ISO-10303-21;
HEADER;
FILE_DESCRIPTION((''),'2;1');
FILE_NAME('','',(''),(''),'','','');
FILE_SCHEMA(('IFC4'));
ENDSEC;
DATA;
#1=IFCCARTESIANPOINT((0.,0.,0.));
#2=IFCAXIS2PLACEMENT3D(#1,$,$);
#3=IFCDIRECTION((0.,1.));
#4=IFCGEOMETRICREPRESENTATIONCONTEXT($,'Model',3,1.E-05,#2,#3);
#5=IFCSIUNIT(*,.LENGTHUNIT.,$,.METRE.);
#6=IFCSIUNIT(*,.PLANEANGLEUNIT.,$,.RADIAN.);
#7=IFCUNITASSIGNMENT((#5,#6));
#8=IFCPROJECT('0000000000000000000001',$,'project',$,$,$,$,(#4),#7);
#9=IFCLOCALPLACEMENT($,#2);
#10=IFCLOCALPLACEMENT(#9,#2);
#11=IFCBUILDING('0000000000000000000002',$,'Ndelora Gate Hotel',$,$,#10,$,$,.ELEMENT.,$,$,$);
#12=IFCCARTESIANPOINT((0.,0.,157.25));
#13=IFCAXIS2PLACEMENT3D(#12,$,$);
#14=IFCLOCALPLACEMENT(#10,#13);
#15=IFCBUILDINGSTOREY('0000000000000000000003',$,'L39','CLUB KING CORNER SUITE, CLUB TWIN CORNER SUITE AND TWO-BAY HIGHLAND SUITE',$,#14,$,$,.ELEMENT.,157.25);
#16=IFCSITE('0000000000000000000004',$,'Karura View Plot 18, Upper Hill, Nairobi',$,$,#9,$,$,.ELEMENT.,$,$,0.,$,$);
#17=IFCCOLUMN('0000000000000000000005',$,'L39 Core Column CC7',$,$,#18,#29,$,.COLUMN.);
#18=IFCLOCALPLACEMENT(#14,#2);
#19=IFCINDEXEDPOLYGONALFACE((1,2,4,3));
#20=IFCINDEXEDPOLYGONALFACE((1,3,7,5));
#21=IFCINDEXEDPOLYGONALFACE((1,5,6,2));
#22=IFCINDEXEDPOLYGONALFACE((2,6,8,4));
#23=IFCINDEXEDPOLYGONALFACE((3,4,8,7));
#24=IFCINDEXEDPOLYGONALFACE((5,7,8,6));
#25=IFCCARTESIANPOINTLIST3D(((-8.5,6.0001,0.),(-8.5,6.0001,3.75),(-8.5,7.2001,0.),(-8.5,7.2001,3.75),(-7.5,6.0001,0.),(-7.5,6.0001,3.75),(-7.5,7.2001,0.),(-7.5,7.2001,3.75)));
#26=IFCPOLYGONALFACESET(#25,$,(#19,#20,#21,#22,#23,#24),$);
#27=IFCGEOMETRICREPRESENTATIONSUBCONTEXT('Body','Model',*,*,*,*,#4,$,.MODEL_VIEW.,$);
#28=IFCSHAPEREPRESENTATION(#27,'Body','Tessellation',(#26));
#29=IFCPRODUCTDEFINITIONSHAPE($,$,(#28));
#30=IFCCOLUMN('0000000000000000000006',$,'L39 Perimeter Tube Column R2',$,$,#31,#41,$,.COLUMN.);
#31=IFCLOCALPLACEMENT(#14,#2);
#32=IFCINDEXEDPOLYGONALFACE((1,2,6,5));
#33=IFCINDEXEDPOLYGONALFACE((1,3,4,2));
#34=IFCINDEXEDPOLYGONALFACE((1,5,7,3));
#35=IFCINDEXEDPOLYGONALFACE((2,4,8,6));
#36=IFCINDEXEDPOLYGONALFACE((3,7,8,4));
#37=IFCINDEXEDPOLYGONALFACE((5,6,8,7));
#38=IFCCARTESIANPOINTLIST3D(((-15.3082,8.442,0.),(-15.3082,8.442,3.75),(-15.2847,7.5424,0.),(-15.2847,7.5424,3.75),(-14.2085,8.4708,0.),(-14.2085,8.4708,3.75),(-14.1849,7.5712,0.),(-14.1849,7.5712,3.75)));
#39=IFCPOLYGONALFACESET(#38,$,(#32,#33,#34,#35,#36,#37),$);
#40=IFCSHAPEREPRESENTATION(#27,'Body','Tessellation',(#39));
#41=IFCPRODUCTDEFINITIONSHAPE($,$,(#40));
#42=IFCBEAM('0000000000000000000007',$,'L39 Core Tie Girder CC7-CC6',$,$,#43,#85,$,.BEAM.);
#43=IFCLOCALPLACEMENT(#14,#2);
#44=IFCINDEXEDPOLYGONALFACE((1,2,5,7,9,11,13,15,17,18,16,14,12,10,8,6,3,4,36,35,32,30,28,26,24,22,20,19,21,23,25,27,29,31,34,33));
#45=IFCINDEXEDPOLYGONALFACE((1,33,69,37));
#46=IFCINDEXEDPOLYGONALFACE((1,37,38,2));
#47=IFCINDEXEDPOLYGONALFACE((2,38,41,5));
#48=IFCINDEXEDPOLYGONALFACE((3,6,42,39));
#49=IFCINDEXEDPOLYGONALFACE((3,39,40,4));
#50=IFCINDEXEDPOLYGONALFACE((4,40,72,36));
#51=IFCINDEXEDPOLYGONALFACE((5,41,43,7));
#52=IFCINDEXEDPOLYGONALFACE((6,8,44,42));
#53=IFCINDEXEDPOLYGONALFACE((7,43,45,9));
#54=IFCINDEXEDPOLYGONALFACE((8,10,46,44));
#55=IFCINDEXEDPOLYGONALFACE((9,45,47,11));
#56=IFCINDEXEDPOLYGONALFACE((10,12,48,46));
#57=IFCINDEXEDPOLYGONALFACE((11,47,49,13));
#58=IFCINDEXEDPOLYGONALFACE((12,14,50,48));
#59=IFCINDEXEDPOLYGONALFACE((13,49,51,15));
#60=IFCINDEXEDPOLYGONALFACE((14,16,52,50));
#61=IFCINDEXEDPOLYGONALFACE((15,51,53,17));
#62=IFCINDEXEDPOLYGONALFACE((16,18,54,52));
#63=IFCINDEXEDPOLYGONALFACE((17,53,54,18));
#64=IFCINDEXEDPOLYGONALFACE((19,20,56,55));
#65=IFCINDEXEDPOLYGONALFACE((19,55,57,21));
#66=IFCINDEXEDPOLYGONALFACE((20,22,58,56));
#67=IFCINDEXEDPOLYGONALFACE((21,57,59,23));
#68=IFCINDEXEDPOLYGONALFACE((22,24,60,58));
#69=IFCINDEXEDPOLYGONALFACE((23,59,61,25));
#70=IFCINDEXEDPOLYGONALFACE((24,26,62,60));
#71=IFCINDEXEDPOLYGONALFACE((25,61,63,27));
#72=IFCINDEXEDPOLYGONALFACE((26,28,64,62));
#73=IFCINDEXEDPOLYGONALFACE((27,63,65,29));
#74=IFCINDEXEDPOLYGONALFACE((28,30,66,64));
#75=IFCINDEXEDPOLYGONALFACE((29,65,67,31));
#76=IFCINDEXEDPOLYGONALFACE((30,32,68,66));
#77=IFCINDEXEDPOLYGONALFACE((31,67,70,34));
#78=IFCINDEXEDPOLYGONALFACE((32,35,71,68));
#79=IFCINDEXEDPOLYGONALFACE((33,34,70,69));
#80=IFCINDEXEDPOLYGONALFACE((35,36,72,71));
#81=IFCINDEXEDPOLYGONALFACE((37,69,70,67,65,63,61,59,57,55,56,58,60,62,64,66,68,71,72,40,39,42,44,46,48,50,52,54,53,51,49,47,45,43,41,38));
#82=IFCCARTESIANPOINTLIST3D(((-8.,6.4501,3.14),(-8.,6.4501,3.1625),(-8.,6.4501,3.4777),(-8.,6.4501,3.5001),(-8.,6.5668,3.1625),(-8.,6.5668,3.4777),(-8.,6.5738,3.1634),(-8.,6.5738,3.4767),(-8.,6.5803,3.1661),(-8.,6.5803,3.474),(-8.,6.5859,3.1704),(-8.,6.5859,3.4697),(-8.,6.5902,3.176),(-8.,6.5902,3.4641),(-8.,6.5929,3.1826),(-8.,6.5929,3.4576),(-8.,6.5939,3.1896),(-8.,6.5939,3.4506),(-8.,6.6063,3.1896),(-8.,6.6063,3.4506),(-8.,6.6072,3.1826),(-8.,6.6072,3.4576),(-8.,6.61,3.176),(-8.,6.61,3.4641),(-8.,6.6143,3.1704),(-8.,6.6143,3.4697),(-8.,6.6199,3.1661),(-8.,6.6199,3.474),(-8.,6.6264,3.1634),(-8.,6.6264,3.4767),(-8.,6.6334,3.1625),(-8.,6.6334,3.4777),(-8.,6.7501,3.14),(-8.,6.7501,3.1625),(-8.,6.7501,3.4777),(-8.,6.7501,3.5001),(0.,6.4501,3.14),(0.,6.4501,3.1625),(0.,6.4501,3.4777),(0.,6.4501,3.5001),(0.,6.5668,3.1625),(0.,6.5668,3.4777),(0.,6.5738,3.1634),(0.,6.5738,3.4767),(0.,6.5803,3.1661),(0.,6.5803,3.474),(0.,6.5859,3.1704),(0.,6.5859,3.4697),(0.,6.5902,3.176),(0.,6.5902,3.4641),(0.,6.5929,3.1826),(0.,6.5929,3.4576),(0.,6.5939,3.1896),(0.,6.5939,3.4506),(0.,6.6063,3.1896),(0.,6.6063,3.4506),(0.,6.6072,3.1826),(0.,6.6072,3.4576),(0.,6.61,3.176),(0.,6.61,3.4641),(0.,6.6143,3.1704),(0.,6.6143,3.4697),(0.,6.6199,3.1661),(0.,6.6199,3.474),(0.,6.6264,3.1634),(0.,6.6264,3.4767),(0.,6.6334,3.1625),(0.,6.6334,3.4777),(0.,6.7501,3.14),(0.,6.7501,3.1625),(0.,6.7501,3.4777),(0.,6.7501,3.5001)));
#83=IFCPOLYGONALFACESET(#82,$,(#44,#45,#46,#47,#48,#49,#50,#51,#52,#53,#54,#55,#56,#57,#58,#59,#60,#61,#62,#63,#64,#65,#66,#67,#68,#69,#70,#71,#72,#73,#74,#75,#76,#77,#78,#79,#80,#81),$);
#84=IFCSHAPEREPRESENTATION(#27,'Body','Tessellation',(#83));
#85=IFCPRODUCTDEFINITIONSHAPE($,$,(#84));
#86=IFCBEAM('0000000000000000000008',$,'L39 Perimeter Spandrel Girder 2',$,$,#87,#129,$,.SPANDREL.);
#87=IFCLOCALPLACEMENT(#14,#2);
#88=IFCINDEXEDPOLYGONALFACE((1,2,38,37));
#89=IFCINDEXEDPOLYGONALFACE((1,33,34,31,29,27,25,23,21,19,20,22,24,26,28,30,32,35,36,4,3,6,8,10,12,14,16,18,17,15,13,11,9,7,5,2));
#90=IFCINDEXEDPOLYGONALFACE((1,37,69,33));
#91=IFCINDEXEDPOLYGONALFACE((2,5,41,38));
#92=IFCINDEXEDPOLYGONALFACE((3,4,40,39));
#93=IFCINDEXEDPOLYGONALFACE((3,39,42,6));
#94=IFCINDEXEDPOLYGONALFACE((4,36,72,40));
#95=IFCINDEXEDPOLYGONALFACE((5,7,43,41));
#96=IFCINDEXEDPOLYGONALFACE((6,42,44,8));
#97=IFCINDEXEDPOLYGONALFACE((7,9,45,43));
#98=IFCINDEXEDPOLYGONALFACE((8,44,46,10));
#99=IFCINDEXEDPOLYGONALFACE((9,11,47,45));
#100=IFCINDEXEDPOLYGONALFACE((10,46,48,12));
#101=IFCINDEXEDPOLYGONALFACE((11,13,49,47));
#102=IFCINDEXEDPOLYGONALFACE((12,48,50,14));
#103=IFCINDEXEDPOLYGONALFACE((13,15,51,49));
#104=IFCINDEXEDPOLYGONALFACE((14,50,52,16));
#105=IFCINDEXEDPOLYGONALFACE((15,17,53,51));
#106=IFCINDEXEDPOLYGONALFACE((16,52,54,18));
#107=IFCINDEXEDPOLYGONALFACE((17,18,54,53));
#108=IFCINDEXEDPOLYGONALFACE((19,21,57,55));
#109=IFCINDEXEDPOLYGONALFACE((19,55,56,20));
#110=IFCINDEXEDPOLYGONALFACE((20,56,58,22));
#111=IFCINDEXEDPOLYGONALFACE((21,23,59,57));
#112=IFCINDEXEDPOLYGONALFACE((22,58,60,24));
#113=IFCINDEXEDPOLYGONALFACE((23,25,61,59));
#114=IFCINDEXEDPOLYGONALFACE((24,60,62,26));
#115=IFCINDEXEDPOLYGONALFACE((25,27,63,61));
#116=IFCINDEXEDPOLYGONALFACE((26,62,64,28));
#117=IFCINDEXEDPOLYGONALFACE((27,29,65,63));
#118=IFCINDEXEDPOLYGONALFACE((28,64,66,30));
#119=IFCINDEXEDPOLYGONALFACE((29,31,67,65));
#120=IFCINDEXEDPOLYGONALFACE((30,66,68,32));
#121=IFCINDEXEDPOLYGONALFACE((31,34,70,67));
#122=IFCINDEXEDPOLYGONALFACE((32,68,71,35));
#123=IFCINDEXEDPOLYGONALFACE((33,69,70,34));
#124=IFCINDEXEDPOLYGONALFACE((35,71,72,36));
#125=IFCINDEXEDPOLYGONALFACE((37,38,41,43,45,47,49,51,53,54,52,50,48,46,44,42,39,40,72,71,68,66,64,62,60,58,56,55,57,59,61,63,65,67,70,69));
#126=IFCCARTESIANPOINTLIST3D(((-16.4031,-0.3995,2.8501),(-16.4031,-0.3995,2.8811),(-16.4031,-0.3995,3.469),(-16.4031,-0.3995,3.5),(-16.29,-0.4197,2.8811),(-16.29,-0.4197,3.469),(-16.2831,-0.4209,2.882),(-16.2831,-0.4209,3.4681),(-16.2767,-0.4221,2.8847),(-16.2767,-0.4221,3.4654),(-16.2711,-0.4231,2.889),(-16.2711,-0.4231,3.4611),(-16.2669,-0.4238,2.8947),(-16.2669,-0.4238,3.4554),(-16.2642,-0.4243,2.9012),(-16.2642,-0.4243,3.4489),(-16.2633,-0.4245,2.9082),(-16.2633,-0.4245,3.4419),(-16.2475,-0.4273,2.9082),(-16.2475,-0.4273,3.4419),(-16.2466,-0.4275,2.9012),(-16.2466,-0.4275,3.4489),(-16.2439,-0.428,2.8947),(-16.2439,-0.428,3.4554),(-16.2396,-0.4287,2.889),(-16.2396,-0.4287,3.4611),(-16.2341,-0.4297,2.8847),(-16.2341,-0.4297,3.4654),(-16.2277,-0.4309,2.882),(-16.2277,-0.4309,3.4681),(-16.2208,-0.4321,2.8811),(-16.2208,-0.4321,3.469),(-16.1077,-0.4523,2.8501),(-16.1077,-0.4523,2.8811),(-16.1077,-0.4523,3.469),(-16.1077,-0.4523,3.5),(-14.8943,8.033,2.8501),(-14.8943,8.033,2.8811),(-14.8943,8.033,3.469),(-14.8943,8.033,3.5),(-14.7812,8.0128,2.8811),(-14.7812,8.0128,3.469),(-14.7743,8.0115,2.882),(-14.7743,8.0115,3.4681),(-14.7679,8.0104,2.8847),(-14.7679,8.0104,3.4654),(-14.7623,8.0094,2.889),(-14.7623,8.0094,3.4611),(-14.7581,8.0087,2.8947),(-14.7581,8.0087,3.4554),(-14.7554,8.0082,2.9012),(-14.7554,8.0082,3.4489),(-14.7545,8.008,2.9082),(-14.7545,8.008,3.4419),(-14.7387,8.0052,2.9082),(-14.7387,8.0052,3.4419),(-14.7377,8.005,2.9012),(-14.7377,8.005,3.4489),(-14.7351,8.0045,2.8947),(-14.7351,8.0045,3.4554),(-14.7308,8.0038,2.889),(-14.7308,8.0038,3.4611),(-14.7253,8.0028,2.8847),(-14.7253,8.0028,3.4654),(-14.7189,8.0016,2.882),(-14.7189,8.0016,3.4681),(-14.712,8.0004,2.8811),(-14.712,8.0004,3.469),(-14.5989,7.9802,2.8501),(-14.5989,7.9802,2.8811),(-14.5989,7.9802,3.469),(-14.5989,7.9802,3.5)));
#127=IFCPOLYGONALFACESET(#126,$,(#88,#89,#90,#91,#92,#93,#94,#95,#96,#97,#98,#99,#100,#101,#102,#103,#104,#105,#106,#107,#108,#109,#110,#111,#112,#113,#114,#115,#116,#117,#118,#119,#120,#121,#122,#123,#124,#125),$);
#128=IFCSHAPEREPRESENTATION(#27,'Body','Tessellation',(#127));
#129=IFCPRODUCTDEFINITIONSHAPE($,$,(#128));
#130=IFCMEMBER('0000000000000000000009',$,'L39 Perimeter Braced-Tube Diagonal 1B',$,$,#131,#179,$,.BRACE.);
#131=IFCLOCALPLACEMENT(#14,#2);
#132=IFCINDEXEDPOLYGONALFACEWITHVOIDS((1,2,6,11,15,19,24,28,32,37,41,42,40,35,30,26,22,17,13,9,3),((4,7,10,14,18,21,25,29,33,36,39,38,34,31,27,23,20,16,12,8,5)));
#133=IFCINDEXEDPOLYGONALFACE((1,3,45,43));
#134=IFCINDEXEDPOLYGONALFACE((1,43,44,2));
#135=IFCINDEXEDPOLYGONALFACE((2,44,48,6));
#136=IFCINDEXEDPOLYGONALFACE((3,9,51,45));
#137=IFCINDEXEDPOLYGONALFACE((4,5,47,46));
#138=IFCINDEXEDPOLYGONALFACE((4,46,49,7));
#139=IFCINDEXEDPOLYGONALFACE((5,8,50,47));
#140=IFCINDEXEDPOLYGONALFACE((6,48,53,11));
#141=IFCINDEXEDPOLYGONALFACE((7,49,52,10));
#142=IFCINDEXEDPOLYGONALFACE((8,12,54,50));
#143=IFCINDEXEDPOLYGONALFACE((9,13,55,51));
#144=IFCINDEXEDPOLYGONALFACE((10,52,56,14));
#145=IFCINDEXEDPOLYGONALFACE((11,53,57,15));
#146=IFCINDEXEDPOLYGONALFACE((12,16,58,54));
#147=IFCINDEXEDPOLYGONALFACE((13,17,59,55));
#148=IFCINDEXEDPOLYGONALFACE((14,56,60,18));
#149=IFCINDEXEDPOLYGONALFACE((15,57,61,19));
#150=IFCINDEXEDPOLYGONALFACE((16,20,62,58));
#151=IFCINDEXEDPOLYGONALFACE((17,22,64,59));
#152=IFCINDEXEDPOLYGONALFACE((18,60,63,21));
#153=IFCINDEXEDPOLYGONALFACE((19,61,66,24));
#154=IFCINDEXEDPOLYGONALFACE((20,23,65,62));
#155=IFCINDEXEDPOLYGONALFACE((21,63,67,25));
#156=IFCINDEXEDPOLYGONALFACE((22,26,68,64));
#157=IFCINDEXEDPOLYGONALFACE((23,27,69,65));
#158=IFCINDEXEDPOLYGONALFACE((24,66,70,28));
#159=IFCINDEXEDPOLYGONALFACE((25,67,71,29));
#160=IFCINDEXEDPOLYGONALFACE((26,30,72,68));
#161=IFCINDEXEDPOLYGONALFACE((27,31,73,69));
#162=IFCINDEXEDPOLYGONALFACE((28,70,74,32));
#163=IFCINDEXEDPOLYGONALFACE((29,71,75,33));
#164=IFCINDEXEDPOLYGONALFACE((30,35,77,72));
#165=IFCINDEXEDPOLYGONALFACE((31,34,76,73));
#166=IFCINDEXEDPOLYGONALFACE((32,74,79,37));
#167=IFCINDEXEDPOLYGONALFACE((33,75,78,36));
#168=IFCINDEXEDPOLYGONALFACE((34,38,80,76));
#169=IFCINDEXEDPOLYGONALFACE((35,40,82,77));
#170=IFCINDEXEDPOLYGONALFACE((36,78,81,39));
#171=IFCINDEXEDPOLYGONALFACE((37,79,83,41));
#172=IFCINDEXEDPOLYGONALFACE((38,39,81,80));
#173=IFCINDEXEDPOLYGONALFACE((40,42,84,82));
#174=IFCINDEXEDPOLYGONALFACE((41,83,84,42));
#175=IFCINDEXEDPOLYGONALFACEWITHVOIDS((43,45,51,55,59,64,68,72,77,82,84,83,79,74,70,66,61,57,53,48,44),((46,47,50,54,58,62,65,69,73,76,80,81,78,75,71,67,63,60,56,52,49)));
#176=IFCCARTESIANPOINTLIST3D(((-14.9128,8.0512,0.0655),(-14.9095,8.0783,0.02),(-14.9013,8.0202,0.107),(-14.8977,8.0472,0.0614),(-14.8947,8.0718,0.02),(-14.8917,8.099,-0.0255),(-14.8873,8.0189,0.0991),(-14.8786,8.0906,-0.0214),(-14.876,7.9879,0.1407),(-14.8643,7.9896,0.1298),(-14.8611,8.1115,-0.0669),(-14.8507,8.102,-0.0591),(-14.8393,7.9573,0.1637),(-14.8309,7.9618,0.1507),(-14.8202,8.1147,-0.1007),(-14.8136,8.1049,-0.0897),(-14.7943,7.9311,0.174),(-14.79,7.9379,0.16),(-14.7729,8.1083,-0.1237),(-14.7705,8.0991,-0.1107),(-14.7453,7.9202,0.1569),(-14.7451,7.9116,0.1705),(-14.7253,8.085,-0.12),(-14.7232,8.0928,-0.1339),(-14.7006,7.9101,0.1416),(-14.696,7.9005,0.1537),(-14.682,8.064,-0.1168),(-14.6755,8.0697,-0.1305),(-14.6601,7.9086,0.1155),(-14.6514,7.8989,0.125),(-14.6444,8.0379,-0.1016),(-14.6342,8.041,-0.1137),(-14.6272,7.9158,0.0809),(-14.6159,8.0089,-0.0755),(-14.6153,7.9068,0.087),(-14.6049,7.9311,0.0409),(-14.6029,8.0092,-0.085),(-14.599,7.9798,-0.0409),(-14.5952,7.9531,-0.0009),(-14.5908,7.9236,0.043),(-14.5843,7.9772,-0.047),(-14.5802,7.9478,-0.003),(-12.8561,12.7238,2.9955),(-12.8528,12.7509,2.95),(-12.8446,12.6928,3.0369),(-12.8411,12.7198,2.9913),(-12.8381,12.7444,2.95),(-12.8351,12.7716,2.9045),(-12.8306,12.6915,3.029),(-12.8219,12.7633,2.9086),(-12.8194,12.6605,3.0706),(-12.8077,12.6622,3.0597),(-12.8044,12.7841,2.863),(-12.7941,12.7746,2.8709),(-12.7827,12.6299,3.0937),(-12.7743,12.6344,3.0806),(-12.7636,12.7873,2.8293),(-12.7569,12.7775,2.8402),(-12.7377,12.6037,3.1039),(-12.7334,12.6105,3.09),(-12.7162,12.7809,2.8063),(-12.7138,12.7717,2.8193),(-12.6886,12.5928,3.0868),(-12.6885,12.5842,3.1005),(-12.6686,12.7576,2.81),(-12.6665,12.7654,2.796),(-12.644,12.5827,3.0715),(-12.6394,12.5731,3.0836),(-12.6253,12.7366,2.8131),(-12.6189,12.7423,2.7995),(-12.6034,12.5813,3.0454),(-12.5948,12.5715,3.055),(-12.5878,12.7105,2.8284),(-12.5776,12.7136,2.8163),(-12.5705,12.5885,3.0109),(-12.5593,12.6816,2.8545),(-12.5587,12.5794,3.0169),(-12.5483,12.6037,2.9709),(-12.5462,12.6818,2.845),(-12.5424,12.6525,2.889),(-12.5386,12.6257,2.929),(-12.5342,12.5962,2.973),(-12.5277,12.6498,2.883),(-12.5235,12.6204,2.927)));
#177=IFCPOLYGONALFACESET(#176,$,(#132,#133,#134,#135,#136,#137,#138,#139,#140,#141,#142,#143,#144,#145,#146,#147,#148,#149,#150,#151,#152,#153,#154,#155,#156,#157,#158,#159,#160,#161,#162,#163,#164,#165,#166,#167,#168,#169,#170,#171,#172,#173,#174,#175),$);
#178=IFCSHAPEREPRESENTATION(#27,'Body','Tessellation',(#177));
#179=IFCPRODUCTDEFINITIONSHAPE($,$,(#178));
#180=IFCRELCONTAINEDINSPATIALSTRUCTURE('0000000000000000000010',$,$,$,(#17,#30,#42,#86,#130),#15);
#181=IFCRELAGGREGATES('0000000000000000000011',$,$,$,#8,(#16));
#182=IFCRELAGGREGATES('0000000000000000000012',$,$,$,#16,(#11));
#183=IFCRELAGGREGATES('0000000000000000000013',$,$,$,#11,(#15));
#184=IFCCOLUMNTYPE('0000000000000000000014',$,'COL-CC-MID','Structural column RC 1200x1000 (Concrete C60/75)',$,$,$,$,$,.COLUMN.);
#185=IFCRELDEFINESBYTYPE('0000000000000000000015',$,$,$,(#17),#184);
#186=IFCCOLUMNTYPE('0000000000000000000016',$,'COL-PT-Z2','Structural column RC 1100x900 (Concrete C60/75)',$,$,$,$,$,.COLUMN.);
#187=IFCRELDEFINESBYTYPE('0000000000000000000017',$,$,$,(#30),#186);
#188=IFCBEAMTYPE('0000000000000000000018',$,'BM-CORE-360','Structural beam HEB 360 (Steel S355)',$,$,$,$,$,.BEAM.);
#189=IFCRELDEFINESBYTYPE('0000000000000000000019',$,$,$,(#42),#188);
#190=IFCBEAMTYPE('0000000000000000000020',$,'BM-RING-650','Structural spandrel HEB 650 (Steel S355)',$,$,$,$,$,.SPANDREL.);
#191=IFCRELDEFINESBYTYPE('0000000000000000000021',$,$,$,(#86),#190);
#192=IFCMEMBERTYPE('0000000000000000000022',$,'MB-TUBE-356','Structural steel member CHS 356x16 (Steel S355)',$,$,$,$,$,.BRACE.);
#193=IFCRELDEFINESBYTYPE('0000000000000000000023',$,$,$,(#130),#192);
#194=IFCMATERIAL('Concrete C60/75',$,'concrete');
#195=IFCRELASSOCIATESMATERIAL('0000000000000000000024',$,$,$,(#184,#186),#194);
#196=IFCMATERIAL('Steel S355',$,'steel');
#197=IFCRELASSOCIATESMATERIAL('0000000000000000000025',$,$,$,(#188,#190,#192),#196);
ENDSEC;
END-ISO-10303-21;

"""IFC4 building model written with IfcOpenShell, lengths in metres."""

from ifc_helpers import new_model, si_unit, direction, frame, origin, origin_2d, place, context, subcontext, project, spatial, rectangle, hollow_circle, i_section, extrude, material, material_profile, profile_set, type_object, element, save


model = new_model("IFC4")

# Units and contexts
model_context = context("Model", 3, precision=1e-05, world=origin(), true_north=direction((0.0, 1.0)))
body_context = subcontext(model_context, "Body", "Model", "MODEL_VIEW")
ifc_project = project(units=[si_unit("LENGTHUNIT", "METRE"), si_unit("PLANEANGLEUNIT", "RADIAN")], contexts=[model_context])

# Site, building, storey
site_placement = place(None, origin())
site = spatial("IfcSite", under=ifc_project, at=site_placement, Name="Karura View Plot 18, Upper Hill, Nairobi", CompositionType="ELEMENT", RefElevation=0.0)
building_placement = place(site_placement, origin())
building = spatial("IfcBuilding", under=site, at=building_placement, Name="Ndelora Gate Hotel", CompositionType="ELEMENT")
storey_placement = place(building_placement, frame((0.0, 0.0, 157.25)))
storey = spatial("IfcBuildingStorey", under=building, at=storey_placement, Name="L39", Description="CLUB KING CORNER SUITE, CLUB TWIN CORNER SUITE AND TWO-BAY HIGHLAND SUITE", CompositionType="ELEMENT", Elevation=157.25)

# Columns
ifc_material_1 = material(Name="Concrete C60/75", Category="concrete")
ifc_material_profile_1 = material_profile(ifc_material_1, rectangle(XDim=1.0, YDim=1.2, at=origin_2d()), Name="RC 1200x1000")
ifc_profile_set_1 = profile_set([ifc_material_profile_1], Name="Concrete C60/75")
column_type_1 = type_object("IfcColumnType", Name="COL-CC-MID", Description="Structural column RC 1200x1000 (Concrete C60/75)", PredefinedType="COLUMN", material=ifc_profile_set_1)
column_1_placement = place(storey_placement, frame((-8.0, 6.6001, 0.0), z_axis=(0.0, 0.0, 1.0), x_axis=(1.0, 0.0, 0.0)))
element("IfcColumn", 1, at=column_1_placement, inside=storey, type_object=column_type_1, Name="L39 Core Column CC7", PredefinedType="COLUMN", context=body_context, shape_type="SweptSolid", body=[
    extrude(rectangle(XDim=1.0, YDim=1.2, at=origin_2d()), origin(), (0.0, 0.0, 1.0), 3.75),
])
ifc_material_profile_2 = material_profile(ifc_material_1, rectangle(XDim=0.8999, YDim=1.1001, at=origin_2d()), Name="RC 1100x900")
ifc_profile_set_2 = profile_set([ifc_material_profile_2], Name="Concrete C60/75")
column_type_2 = type_object("IfcColumnType", Name="COL-PT-Z2", Description="Structural column RC 1100x900 (Concrete C60/75)", PredefinedType="COLUMN", material=ifc_profile_set_2)
column_2_placement = place(storey_placement, frame((-14.7466, 8.0066, 0.0), z_axis=(0.0, 0.0, 1.0), x_axis=(-0.026177, 0.999657, 0.0)))
element("IfcColumn", 2, at=column_2_placement, inside=storey, type_object=column_type_2, Name="L39 Perimeter Tube Column R2", PredefinedType="COLUMN", context=body_context, shape_type="SweptSolid", body=[
    extrude(rectangle(XDim=0.8999, YDim=1.1001, at=origin_2d()), origin(), (0.0, 0.0, 1.0), 3.75),
])

# Beams
ifc_material_2 = material(Name="Steel S355", Category="steel")
ifc_material_profile_3 = material_profile(ifc_material_2, i_section(OverallWidth=0.3, OverallDepth=0.3601, WebThickness=0.0125, FlangeThickness=0.0225, FilletRadius=0.0271, at=origin_2d()), Name="HEB 360")
ifc_profile_set_3 = profile_set([ifc_material_profile_3], Name="Steel S355")
beam_type_1 = type_object("IfcBeamType", Name="BM-CORE-360", Description="Structural beam HEB 360 (Steel S355)", PredefinedType="BEAM", material=ifc_profile_set_3)
beam_1_placement = place(storey_placement, frame((-8.0, 6.6001, 3.3201), z_axis=(1.0, 0.0, 0.0), x_axis=(0.0, 1.0, 0.0)))
element("IfcBeam", 3, at=beam_1_placement, inside=storey, type_object=beam_type_1, Name="L39 Core Tie Girder CC7-CC6", PredefinedType="BEAM", context=body_context, shape_type="SweptSolid", body=[
    extrude(i_section(OverallWidth=0.3, OverallDepth=0.3601, WebThickness=0.0125, FlangeThickness=0.0225, FilletRadius=0.0271, at=origin_2d()), origin(), (0.0, 0.0, 1.0), 8.0),
])
ifc_material_profile_4 = material_profile(ifc_material_2, i_section(OverallWidth=0.3, OverallDepth=0.6499, WebThickness=0.0161, FlangeThickness=0.031, FilletRadius=0.0271, at=origin_2d()), Name="HEB 650")
ifc_profile_set_4 = profile_set([ifc_material_profile_4], Name="Steel S355")
beam_type_2 = type_object("IfcBeamType", Name="BM-RING-650", Description="Structural spandrel HEB 650 (Steel S355)", PredefinedType="SPANDREL", material=ifc_profile_set_4)
beam_2_placement = place(storey_placement, frame((-14.7466, 8.0066, 3.175), z_axis=(-0.176131, -0.984367, 0.0), x_axis=(0.984367, -0.176131, 0.0)))
element("IfcBeam", 4, at=beam_2_placement, inside=storey, type_object=beam_type_2, Name="L39 Perimeter Spandrel Girder 2", PredefinedType="SPANDREL", context=body_context, shape_type="SweptSolid", body=[
    extrude(i_section(OverallWidth=0.3, OverallDepth=0.6499, WebThickness=0.0161, FlangeThickness=0.031, FilletRadius=0.0271, at=origin_2d()), origin(), (0.0, 0.0, 1.0), 8.5664),
])

# Member
ifc_material_profile_5 = material_profile(ifc_material_2, hollow_circle(Radius=0.178, WallThickness=0.0161, at=origin_2d()), Name="CHS 356x16")
ifc_profile_set_5 = profile_set([ifc_material_profile_5], Name="Steel S355")
member_type = type_object("IfcMemberType", Name="MB-TUBE-356", Description="Structural steel member CHS 356x16 (Steel S355)", PredefinedType="BRACE", material=ifc_profile_set_5)
member_placement = place(storey_placement, frame((-14.7466, 8.0066, 0.02), z_axis=(0.349399, 0.793822, 0.497762), x_axis=(-0.915265, 0.402852, 0.0)))
element("IfcMember", 5, at=member_placement, inside=storey, type_object=member_type, Name="L39 Perimeter Braced-Tube Diagonal 1B", PredefinedType="BRACE", context=body_context, shape_type="SweptSolid", body=[
    extrude(hollow_circle(Radius=0.178, WallThickness=0.0161, at=origin_2d()), origin(), (0.0, 0.0, 1.0), 5.8862),
])

save(model, "model.ifc")
